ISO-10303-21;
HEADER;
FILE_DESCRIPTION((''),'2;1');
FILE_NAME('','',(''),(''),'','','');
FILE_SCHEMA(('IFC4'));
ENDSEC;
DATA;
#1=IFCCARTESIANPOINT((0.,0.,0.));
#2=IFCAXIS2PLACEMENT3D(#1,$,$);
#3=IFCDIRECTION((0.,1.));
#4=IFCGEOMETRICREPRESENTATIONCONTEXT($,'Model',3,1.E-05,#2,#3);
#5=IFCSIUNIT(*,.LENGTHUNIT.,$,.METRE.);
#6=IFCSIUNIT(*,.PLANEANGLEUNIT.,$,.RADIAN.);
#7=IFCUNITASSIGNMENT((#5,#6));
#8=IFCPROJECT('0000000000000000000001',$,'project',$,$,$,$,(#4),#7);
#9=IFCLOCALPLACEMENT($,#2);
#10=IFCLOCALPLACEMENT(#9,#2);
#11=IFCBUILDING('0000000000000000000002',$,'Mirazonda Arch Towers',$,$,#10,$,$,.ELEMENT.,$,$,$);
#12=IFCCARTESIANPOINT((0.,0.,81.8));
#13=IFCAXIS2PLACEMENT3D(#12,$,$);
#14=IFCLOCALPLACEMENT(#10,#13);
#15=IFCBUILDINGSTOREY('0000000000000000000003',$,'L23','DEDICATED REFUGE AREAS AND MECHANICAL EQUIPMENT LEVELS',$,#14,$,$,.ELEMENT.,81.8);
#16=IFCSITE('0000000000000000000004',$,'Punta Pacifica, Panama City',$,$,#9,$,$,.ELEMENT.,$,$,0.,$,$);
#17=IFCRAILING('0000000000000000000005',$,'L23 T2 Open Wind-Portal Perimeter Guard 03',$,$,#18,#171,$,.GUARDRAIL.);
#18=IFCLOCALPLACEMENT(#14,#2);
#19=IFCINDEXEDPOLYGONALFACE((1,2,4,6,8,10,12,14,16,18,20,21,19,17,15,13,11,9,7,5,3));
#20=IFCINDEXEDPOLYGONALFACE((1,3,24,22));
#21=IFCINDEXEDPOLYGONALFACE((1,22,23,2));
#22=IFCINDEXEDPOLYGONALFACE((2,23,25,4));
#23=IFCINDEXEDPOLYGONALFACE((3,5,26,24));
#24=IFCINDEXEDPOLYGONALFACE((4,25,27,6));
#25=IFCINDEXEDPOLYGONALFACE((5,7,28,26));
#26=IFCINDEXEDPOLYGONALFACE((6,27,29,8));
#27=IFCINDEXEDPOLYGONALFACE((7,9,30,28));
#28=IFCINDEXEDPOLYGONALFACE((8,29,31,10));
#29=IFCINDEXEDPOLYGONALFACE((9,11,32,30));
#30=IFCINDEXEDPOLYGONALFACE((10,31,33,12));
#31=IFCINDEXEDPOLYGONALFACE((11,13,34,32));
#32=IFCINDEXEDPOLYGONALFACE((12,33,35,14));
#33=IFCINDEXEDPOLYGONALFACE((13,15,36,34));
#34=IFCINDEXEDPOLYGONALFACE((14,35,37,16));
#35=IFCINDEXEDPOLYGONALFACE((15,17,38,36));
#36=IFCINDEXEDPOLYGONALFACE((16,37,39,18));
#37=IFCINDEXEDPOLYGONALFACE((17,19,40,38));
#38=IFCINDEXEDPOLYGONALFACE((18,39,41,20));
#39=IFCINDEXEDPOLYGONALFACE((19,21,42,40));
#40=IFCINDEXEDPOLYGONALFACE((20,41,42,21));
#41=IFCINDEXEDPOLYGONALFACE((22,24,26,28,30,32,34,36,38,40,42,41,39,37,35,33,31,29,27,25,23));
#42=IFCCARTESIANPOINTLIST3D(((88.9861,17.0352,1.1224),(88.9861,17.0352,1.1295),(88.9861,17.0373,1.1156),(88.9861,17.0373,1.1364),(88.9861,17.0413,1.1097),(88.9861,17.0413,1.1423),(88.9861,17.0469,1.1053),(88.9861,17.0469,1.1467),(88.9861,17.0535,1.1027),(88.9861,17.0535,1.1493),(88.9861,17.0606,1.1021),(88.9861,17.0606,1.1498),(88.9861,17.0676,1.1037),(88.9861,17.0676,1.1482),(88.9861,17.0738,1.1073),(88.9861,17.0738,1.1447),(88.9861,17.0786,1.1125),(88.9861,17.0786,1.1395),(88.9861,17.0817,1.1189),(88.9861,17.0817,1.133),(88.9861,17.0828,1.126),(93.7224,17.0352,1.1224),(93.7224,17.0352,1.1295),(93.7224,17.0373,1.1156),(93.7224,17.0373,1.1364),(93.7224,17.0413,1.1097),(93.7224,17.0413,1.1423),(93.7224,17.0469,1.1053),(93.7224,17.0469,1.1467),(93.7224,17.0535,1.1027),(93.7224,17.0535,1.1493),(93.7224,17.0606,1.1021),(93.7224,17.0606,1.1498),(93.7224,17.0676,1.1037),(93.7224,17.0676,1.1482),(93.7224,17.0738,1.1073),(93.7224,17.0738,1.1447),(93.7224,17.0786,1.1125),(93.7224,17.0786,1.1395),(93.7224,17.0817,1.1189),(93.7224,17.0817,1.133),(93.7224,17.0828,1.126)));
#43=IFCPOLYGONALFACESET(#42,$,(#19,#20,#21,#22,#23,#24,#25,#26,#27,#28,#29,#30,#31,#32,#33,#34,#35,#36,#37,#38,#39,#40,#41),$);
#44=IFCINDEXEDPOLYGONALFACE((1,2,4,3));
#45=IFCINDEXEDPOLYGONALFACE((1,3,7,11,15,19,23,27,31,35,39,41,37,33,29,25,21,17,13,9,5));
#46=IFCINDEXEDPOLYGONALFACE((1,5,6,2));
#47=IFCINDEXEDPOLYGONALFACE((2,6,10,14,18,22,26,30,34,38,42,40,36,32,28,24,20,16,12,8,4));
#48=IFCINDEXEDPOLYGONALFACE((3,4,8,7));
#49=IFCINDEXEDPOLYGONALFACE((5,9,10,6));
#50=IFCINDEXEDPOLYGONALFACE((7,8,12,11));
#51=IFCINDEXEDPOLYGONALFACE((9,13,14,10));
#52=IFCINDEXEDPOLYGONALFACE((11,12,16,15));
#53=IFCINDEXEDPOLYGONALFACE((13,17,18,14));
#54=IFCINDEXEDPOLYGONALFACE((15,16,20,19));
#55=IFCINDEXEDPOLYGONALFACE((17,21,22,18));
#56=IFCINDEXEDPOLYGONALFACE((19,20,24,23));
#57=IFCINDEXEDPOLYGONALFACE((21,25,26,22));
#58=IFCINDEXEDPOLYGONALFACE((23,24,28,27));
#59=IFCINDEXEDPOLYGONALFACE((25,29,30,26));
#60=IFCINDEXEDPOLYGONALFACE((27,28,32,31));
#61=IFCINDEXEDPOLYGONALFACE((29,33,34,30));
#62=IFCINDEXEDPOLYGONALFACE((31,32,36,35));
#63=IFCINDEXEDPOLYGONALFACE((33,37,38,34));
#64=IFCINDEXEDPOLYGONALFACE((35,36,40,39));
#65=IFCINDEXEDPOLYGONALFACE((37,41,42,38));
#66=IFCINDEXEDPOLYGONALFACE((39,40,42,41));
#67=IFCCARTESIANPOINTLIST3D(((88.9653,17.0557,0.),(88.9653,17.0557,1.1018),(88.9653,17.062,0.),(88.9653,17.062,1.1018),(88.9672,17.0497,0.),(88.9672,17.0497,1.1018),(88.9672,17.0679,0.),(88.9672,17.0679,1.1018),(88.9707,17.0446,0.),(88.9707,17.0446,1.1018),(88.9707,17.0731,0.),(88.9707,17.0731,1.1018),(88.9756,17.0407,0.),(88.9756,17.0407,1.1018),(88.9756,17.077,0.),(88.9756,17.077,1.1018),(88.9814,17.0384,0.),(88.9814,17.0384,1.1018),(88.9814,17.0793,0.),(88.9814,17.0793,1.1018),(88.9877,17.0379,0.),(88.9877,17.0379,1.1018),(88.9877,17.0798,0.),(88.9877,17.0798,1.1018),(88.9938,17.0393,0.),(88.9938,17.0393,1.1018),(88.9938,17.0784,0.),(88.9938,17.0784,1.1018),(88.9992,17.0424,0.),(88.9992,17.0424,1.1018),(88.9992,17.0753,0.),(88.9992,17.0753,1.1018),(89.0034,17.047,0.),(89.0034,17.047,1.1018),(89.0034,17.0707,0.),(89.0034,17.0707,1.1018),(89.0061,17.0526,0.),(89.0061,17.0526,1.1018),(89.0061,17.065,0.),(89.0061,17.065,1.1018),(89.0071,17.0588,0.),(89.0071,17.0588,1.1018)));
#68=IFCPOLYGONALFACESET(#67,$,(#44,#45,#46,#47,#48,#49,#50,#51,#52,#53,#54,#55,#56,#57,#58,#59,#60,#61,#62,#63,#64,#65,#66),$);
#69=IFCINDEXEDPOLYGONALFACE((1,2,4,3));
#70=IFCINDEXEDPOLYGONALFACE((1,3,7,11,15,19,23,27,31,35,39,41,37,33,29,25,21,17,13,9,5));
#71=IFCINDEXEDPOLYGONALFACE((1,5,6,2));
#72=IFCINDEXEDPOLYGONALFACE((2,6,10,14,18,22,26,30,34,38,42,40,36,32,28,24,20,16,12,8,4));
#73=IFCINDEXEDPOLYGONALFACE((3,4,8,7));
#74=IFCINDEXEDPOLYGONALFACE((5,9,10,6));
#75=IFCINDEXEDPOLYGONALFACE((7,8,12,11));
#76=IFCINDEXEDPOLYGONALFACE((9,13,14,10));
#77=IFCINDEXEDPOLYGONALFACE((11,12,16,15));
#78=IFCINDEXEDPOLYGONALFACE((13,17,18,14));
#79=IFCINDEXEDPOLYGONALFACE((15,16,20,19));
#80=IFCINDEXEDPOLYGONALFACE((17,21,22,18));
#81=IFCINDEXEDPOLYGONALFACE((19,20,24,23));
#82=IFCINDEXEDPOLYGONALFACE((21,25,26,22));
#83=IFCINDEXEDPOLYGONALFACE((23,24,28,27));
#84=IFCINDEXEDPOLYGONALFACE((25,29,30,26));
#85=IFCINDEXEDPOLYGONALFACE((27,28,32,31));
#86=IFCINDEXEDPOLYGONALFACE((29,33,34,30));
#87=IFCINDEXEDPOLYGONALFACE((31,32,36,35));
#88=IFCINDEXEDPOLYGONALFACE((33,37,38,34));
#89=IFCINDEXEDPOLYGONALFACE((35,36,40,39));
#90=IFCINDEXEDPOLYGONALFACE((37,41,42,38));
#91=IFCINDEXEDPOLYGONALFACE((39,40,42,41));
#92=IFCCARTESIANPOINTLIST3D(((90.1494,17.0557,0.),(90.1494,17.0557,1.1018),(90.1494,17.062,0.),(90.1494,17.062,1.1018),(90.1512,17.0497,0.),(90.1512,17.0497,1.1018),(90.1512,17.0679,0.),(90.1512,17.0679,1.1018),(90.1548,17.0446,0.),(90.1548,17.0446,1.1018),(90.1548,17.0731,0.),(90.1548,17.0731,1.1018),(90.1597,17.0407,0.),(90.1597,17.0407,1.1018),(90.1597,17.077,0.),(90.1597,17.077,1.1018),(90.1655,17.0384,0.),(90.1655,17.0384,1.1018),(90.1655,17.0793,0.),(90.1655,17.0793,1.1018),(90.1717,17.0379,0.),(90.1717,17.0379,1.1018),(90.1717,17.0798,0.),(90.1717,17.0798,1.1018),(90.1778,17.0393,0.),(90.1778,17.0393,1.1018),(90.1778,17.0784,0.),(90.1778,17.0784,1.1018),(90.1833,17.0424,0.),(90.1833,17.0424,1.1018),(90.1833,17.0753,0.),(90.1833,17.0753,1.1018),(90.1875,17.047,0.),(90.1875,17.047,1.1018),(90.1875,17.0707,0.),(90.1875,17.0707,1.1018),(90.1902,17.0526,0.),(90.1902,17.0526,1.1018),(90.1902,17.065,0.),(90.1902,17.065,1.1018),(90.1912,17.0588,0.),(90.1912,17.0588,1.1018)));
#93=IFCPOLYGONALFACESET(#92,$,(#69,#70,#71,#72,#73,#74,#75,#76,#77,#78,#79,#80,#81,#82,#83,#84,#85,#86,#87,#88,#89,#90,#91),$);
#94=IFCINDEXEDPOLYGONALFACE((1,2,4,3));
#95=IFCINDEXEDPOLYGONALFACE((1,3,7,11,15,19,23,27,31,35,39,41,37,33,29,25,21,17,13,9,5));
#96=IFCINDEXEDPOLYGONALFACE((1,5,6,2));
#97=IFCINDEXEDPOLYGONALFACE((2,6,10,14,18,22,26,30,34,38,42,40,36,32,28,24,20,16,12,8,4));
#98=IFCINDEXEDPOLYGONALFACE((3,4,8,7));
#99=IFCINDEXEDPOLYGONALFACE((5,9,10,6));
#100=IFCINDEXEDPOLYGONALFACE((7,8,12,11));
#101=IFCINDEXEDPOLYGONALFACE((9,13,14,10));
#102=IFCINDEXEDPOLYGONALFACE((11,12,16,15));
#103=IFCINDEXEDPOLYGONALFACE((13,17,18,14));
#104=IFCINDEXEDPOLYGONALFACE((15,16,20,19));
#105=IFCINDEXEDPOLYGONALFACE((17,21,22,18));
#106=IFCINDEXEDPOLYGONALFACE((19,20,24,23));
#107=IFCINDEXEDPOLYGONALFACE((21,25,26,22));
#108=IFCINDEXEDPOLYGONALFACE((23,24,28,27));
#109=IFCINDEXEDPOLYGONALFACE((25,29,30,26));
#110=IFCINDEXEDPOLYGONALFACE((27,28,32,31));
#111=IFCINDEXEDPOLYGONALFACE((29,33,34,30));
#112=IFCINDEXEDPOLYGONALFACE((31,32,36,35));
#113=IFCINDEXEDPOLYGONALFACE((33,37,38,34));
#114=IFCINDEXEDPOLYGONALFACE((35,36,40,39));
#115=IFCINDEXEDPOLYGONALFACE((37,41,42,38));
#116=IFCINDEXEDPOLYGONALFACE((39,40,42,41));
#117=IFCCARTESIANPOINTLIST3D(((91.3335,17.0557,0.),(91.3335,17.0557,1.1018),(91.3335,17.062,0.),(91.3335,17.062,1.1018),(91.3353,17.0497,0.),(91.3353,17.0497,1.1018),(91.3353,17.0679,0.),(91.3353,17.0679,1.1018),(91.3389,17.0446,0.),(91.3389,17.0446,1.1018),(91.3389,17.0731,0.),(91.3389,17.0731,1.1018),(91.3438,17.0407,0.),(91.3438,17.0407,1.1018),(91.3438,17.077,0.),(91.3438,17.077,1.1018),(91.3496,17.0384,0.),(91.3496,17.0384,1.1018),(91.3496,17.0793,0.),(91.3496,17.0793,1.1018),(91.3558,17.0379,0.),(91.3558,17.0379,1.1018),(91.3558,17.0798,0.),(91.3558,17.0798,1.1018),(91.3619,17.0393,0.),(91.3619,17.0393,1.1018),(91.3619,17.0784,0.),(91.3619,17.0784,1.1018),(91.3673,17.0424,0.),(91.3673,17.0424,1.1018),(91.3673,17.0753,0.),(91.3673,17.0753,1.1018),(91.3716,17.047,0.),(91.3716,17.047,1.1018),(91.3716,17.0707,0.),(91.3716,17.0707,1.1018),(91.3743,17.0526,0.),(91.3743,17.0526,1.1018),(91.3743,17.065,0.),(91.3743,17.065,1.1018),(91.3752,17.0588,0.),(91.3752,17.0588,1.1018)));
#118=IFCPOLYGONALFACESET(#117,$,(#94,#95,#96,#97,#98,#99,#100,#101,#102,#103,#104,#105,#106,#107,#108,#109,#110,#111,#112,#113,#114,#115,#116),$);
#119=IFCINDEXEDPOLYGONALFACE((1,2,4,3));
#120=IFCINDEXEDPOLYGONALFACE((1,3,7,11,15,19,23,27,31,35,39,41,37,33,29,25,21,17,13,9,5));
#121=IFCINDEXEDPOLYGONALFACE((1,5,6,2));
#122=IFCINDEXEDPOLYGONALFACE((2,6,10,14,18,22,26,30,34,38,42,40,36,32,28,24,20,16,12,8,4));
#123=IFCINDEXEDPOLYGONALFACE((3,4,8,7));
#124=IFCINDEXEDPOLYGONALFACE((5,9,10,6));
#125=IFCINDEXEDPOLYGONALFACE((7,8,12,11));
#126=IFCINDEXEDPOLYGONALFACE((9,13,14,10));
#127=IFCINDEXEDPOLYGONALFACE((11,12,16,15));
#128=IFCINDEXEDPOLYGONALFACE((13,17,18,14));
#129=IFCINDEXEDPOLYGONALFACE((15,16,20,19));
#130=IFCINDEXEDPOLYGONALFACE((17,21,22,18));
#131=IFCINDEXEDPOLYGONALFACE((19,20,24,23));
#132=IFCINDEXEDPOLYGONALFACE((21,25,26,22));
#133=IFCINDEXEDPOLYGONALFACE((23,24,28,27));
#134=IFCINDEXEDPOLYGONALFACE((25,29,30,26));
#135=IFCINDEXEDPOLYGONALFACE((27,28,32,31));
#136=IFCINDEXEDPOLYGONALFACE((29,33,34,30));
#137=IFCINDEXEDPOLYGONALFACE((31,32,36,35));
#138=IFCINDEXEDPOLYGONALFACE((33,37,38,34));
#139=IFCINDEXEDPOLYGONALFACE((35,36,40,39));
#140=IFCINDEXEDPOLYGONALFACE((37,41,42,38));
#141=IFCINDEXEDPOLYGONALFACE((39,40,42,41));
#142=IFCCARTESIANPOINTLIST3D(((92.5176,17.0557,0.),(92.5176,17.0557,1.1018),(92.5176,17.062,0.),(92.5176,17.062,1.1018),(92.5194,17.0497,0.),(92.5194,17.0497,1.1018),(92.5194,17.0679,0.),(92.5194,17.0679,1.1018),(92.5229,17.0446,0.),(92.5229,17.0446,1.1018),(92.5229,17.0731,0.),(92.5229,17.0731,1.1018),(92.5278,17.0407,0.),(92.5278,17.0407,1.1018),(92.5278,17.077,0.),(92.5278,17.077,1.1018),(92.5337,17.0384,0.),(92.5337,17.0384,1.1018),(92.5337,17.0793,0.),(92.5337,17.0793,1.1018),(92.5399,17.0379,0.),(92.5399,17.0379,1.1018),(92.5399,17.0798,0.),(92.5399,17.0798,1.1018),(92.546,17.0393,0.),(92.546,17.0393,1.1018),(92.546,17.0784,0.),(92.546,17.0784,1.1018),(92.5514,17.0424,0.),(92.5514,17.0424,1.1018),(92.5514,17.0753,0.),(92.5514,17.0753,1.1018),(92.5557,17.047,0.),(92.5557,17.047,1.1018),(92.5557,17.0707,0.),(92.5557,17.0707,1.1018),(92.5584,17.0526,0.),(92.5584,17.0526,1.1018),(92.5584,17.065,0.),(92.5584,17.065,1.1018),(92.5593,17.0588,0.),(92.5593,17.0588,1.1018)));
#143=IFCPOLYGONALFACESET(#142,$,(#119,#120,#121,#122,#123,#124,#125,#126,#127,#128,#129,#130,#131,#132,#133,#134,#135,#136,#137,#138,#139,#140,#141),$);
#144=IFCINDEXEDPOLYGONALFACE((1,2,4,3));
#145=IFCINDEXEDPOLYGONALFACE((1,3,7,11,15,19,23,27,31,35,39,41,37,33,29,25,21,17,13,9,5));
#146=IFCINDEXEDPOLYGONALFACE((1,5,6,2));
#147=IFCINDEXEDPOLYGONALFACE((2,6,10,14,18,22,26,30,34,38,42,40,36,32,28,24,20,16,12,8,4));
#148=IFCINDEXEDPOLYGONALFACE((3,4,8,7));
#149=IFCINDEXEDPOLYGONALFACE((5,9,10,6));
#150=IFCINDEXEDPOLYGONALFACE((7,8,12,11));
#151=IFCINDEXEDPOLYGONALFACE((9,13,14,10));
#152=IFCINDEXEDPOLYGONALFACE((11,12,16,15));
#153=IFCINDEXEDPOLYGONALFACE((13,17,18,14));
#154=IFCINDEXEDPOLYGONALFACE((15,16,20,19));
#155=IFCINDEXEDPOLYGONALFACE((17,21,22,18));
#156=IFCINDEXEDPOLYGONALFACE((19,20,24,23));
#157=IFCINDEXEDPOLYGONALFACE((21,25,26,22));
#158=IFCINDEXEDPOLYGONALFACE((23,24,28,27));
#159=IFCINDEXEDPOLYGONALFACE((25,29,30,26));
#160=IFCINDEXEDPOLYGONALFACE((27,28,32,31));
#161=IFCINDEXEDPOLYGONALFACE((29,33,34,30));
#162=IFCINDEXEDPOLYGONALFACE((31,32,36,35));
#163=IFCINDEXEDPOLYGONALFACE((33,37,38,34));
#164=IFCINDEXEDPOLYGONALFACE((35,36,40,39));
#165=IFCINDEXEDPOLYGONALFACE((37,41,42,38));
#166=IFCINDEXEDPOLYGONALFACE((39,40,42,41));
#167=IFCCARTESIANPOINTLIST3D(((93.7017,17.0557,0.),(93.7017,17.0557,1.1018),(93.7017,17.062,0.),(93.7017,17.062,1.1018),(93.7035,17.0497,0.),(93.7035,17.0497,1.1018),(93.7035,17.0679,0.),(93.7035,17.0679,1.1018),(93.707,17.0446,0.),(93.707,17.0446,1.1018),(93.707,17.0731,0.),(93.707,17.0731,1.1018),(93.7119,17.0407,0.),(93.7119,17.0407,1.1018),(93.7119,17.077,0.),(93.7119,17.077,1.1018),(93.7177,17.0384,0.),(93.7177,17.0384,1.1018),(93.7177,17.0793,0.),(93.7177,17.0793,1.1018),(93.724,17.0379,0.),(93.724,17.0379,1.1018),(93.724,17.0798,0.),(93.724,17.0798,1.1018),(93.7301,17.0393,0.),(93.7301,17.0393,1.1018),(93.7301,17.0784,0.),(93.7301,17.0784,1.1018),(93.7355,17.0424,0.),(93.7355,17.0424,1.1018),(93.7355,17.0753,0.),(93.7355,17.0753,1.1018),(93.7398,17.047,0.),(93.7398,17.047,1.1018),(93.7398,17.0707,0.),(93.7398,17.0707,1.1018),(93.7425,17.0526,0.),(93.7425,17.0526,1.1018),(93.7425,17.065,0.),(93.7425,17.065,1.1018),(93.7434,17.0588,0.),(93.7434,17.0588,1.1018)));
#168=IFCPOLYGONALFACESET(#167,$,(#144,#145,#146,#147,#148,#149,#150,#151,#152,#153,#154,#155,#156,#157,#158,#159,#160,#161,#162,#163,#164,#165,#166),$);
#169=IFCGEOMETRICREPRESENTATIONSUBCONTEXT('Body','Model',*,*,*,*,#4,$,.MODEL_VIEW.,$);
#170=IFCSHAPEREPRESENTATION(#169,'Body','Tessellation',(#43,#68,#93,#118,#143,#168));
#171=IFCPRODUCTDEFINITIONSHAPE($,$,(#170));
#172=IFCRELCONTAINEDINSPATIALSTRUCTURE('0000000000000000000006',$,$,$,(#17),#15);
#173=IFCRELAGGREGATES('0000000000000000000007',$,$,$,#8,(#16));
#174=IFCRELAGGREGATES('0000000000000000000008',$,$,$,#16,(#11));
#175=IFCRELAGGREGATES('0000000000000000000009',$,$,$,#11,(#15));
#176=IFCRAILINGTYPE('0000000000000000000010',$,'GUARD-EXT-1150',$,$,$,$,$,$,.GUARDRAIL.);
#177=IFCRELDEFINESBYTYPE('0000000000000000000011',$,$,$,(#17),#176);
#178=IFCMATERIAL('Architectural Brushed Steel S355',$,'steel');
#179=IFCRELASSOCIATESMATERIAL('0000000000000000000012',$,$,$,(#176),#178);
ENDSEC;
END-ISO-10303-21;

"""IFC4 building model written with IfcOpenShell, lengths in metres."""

from ifc_helpers import new_model, si_unit, direction, frame, origin, origin_2d, place, context, subcontext, project, spatial, circle, extrude, material, type_object, element, save


model = new_model("IFC4")

# Units and contexts
model_context = context("Model", 3, precision=1e-05, world=origin(), true_north=direction((0.0, 1.0)))
body_context = subcontext(model_context, "Body", "Model", "MODEL_VIEW")
ifc_project = project(units=[si_unit("LENGTHUNIT", "METRE"), si_unit("PLANEANGLEUNIT", "RADIAN")], contexts=[model_context])

# Site, building, storey
site_placement = place(None, origin())
site = spatial("IfcSite", under=ifc_project, at=site_placement, Name="Punta Pacifica, Panama City", CompositionType="ELEMENT", RefElevation=0.0)
building_placement = place(site_placement, origin())
building = spatial("IfcBuilding", under=site, at=building_placement, Name="Mirazonda Arch Towers", CompositionType="ELEMENT")
storey_placement = place(building_placement, frame((0.0, 0.0, 81.8)))
storey = spatial("IfcBuildingStorey", under=building, at=storey_placement, Name="L23", Description="DEDICATED REFUGE AREAS AND MECHANICAL EQUIPMENT LEVELS", CompositionType="ELEMENT", Elevation=81.8)

# Railing
ifc_material_1 = material(Name="Architectural Brushed Steel S355", Category="steel")
railing_type = type_object("IfcRailingType", Name="GUARD-EXT-1150", PredefinedType="GUARDRAIL", material=ifc_material_1)
railing_1_placement = place(storey_placement, frame((88.9861, 17.0588, 0.0)))
element("IfcRailing", 1, at=railing_1_placement, inside=storey, type_object=railing_type, Name="L23 T2 Open Wind-Portal Perimeter Guard 03", PredefinedType="GUARDRAIL", context=body_context, shape_type="SweptSolid", body=[
    extrude(circle(Radius=0.0239, at=origin_2d()), frame((0.0, 0.0, 1.126), z_axis=(1.0, 0.0, 0.0), x_axis=(0.0, 1.0, 0.0)), (0.0, 0.0, 1.0), 4.7363),
    extrude(circle(Radius=0.021, at=origin_2d()), origin(), (0.0, 0.0, 1.0), 1.1018),
    extrude(circle(Radius=0.021, at=origin_2d()), frame((1.1841, 0.0, 0.0)), (0.0, 0.0, 1.0), 1.1018),
    extrude(circle(Radius=0.021, at=origin_2d()), frame((2.3682, 0.0, 0.0)), (0.0, 0.0, 1.0), 1.1018),
    extrude(circle(Radius=0.021, at=origin_2d()), frame((3.5522, 0.0, 0.0)), (0.0, 0.0, 1.0), 1.1018),
    extrude(circle(Radius=0.021, at=origin_2d()), frame((4.7363, 0.0, 0.0)), (0.0, 0.0, 1.0), 1.1018),
])

save(model, "model.ifc")
